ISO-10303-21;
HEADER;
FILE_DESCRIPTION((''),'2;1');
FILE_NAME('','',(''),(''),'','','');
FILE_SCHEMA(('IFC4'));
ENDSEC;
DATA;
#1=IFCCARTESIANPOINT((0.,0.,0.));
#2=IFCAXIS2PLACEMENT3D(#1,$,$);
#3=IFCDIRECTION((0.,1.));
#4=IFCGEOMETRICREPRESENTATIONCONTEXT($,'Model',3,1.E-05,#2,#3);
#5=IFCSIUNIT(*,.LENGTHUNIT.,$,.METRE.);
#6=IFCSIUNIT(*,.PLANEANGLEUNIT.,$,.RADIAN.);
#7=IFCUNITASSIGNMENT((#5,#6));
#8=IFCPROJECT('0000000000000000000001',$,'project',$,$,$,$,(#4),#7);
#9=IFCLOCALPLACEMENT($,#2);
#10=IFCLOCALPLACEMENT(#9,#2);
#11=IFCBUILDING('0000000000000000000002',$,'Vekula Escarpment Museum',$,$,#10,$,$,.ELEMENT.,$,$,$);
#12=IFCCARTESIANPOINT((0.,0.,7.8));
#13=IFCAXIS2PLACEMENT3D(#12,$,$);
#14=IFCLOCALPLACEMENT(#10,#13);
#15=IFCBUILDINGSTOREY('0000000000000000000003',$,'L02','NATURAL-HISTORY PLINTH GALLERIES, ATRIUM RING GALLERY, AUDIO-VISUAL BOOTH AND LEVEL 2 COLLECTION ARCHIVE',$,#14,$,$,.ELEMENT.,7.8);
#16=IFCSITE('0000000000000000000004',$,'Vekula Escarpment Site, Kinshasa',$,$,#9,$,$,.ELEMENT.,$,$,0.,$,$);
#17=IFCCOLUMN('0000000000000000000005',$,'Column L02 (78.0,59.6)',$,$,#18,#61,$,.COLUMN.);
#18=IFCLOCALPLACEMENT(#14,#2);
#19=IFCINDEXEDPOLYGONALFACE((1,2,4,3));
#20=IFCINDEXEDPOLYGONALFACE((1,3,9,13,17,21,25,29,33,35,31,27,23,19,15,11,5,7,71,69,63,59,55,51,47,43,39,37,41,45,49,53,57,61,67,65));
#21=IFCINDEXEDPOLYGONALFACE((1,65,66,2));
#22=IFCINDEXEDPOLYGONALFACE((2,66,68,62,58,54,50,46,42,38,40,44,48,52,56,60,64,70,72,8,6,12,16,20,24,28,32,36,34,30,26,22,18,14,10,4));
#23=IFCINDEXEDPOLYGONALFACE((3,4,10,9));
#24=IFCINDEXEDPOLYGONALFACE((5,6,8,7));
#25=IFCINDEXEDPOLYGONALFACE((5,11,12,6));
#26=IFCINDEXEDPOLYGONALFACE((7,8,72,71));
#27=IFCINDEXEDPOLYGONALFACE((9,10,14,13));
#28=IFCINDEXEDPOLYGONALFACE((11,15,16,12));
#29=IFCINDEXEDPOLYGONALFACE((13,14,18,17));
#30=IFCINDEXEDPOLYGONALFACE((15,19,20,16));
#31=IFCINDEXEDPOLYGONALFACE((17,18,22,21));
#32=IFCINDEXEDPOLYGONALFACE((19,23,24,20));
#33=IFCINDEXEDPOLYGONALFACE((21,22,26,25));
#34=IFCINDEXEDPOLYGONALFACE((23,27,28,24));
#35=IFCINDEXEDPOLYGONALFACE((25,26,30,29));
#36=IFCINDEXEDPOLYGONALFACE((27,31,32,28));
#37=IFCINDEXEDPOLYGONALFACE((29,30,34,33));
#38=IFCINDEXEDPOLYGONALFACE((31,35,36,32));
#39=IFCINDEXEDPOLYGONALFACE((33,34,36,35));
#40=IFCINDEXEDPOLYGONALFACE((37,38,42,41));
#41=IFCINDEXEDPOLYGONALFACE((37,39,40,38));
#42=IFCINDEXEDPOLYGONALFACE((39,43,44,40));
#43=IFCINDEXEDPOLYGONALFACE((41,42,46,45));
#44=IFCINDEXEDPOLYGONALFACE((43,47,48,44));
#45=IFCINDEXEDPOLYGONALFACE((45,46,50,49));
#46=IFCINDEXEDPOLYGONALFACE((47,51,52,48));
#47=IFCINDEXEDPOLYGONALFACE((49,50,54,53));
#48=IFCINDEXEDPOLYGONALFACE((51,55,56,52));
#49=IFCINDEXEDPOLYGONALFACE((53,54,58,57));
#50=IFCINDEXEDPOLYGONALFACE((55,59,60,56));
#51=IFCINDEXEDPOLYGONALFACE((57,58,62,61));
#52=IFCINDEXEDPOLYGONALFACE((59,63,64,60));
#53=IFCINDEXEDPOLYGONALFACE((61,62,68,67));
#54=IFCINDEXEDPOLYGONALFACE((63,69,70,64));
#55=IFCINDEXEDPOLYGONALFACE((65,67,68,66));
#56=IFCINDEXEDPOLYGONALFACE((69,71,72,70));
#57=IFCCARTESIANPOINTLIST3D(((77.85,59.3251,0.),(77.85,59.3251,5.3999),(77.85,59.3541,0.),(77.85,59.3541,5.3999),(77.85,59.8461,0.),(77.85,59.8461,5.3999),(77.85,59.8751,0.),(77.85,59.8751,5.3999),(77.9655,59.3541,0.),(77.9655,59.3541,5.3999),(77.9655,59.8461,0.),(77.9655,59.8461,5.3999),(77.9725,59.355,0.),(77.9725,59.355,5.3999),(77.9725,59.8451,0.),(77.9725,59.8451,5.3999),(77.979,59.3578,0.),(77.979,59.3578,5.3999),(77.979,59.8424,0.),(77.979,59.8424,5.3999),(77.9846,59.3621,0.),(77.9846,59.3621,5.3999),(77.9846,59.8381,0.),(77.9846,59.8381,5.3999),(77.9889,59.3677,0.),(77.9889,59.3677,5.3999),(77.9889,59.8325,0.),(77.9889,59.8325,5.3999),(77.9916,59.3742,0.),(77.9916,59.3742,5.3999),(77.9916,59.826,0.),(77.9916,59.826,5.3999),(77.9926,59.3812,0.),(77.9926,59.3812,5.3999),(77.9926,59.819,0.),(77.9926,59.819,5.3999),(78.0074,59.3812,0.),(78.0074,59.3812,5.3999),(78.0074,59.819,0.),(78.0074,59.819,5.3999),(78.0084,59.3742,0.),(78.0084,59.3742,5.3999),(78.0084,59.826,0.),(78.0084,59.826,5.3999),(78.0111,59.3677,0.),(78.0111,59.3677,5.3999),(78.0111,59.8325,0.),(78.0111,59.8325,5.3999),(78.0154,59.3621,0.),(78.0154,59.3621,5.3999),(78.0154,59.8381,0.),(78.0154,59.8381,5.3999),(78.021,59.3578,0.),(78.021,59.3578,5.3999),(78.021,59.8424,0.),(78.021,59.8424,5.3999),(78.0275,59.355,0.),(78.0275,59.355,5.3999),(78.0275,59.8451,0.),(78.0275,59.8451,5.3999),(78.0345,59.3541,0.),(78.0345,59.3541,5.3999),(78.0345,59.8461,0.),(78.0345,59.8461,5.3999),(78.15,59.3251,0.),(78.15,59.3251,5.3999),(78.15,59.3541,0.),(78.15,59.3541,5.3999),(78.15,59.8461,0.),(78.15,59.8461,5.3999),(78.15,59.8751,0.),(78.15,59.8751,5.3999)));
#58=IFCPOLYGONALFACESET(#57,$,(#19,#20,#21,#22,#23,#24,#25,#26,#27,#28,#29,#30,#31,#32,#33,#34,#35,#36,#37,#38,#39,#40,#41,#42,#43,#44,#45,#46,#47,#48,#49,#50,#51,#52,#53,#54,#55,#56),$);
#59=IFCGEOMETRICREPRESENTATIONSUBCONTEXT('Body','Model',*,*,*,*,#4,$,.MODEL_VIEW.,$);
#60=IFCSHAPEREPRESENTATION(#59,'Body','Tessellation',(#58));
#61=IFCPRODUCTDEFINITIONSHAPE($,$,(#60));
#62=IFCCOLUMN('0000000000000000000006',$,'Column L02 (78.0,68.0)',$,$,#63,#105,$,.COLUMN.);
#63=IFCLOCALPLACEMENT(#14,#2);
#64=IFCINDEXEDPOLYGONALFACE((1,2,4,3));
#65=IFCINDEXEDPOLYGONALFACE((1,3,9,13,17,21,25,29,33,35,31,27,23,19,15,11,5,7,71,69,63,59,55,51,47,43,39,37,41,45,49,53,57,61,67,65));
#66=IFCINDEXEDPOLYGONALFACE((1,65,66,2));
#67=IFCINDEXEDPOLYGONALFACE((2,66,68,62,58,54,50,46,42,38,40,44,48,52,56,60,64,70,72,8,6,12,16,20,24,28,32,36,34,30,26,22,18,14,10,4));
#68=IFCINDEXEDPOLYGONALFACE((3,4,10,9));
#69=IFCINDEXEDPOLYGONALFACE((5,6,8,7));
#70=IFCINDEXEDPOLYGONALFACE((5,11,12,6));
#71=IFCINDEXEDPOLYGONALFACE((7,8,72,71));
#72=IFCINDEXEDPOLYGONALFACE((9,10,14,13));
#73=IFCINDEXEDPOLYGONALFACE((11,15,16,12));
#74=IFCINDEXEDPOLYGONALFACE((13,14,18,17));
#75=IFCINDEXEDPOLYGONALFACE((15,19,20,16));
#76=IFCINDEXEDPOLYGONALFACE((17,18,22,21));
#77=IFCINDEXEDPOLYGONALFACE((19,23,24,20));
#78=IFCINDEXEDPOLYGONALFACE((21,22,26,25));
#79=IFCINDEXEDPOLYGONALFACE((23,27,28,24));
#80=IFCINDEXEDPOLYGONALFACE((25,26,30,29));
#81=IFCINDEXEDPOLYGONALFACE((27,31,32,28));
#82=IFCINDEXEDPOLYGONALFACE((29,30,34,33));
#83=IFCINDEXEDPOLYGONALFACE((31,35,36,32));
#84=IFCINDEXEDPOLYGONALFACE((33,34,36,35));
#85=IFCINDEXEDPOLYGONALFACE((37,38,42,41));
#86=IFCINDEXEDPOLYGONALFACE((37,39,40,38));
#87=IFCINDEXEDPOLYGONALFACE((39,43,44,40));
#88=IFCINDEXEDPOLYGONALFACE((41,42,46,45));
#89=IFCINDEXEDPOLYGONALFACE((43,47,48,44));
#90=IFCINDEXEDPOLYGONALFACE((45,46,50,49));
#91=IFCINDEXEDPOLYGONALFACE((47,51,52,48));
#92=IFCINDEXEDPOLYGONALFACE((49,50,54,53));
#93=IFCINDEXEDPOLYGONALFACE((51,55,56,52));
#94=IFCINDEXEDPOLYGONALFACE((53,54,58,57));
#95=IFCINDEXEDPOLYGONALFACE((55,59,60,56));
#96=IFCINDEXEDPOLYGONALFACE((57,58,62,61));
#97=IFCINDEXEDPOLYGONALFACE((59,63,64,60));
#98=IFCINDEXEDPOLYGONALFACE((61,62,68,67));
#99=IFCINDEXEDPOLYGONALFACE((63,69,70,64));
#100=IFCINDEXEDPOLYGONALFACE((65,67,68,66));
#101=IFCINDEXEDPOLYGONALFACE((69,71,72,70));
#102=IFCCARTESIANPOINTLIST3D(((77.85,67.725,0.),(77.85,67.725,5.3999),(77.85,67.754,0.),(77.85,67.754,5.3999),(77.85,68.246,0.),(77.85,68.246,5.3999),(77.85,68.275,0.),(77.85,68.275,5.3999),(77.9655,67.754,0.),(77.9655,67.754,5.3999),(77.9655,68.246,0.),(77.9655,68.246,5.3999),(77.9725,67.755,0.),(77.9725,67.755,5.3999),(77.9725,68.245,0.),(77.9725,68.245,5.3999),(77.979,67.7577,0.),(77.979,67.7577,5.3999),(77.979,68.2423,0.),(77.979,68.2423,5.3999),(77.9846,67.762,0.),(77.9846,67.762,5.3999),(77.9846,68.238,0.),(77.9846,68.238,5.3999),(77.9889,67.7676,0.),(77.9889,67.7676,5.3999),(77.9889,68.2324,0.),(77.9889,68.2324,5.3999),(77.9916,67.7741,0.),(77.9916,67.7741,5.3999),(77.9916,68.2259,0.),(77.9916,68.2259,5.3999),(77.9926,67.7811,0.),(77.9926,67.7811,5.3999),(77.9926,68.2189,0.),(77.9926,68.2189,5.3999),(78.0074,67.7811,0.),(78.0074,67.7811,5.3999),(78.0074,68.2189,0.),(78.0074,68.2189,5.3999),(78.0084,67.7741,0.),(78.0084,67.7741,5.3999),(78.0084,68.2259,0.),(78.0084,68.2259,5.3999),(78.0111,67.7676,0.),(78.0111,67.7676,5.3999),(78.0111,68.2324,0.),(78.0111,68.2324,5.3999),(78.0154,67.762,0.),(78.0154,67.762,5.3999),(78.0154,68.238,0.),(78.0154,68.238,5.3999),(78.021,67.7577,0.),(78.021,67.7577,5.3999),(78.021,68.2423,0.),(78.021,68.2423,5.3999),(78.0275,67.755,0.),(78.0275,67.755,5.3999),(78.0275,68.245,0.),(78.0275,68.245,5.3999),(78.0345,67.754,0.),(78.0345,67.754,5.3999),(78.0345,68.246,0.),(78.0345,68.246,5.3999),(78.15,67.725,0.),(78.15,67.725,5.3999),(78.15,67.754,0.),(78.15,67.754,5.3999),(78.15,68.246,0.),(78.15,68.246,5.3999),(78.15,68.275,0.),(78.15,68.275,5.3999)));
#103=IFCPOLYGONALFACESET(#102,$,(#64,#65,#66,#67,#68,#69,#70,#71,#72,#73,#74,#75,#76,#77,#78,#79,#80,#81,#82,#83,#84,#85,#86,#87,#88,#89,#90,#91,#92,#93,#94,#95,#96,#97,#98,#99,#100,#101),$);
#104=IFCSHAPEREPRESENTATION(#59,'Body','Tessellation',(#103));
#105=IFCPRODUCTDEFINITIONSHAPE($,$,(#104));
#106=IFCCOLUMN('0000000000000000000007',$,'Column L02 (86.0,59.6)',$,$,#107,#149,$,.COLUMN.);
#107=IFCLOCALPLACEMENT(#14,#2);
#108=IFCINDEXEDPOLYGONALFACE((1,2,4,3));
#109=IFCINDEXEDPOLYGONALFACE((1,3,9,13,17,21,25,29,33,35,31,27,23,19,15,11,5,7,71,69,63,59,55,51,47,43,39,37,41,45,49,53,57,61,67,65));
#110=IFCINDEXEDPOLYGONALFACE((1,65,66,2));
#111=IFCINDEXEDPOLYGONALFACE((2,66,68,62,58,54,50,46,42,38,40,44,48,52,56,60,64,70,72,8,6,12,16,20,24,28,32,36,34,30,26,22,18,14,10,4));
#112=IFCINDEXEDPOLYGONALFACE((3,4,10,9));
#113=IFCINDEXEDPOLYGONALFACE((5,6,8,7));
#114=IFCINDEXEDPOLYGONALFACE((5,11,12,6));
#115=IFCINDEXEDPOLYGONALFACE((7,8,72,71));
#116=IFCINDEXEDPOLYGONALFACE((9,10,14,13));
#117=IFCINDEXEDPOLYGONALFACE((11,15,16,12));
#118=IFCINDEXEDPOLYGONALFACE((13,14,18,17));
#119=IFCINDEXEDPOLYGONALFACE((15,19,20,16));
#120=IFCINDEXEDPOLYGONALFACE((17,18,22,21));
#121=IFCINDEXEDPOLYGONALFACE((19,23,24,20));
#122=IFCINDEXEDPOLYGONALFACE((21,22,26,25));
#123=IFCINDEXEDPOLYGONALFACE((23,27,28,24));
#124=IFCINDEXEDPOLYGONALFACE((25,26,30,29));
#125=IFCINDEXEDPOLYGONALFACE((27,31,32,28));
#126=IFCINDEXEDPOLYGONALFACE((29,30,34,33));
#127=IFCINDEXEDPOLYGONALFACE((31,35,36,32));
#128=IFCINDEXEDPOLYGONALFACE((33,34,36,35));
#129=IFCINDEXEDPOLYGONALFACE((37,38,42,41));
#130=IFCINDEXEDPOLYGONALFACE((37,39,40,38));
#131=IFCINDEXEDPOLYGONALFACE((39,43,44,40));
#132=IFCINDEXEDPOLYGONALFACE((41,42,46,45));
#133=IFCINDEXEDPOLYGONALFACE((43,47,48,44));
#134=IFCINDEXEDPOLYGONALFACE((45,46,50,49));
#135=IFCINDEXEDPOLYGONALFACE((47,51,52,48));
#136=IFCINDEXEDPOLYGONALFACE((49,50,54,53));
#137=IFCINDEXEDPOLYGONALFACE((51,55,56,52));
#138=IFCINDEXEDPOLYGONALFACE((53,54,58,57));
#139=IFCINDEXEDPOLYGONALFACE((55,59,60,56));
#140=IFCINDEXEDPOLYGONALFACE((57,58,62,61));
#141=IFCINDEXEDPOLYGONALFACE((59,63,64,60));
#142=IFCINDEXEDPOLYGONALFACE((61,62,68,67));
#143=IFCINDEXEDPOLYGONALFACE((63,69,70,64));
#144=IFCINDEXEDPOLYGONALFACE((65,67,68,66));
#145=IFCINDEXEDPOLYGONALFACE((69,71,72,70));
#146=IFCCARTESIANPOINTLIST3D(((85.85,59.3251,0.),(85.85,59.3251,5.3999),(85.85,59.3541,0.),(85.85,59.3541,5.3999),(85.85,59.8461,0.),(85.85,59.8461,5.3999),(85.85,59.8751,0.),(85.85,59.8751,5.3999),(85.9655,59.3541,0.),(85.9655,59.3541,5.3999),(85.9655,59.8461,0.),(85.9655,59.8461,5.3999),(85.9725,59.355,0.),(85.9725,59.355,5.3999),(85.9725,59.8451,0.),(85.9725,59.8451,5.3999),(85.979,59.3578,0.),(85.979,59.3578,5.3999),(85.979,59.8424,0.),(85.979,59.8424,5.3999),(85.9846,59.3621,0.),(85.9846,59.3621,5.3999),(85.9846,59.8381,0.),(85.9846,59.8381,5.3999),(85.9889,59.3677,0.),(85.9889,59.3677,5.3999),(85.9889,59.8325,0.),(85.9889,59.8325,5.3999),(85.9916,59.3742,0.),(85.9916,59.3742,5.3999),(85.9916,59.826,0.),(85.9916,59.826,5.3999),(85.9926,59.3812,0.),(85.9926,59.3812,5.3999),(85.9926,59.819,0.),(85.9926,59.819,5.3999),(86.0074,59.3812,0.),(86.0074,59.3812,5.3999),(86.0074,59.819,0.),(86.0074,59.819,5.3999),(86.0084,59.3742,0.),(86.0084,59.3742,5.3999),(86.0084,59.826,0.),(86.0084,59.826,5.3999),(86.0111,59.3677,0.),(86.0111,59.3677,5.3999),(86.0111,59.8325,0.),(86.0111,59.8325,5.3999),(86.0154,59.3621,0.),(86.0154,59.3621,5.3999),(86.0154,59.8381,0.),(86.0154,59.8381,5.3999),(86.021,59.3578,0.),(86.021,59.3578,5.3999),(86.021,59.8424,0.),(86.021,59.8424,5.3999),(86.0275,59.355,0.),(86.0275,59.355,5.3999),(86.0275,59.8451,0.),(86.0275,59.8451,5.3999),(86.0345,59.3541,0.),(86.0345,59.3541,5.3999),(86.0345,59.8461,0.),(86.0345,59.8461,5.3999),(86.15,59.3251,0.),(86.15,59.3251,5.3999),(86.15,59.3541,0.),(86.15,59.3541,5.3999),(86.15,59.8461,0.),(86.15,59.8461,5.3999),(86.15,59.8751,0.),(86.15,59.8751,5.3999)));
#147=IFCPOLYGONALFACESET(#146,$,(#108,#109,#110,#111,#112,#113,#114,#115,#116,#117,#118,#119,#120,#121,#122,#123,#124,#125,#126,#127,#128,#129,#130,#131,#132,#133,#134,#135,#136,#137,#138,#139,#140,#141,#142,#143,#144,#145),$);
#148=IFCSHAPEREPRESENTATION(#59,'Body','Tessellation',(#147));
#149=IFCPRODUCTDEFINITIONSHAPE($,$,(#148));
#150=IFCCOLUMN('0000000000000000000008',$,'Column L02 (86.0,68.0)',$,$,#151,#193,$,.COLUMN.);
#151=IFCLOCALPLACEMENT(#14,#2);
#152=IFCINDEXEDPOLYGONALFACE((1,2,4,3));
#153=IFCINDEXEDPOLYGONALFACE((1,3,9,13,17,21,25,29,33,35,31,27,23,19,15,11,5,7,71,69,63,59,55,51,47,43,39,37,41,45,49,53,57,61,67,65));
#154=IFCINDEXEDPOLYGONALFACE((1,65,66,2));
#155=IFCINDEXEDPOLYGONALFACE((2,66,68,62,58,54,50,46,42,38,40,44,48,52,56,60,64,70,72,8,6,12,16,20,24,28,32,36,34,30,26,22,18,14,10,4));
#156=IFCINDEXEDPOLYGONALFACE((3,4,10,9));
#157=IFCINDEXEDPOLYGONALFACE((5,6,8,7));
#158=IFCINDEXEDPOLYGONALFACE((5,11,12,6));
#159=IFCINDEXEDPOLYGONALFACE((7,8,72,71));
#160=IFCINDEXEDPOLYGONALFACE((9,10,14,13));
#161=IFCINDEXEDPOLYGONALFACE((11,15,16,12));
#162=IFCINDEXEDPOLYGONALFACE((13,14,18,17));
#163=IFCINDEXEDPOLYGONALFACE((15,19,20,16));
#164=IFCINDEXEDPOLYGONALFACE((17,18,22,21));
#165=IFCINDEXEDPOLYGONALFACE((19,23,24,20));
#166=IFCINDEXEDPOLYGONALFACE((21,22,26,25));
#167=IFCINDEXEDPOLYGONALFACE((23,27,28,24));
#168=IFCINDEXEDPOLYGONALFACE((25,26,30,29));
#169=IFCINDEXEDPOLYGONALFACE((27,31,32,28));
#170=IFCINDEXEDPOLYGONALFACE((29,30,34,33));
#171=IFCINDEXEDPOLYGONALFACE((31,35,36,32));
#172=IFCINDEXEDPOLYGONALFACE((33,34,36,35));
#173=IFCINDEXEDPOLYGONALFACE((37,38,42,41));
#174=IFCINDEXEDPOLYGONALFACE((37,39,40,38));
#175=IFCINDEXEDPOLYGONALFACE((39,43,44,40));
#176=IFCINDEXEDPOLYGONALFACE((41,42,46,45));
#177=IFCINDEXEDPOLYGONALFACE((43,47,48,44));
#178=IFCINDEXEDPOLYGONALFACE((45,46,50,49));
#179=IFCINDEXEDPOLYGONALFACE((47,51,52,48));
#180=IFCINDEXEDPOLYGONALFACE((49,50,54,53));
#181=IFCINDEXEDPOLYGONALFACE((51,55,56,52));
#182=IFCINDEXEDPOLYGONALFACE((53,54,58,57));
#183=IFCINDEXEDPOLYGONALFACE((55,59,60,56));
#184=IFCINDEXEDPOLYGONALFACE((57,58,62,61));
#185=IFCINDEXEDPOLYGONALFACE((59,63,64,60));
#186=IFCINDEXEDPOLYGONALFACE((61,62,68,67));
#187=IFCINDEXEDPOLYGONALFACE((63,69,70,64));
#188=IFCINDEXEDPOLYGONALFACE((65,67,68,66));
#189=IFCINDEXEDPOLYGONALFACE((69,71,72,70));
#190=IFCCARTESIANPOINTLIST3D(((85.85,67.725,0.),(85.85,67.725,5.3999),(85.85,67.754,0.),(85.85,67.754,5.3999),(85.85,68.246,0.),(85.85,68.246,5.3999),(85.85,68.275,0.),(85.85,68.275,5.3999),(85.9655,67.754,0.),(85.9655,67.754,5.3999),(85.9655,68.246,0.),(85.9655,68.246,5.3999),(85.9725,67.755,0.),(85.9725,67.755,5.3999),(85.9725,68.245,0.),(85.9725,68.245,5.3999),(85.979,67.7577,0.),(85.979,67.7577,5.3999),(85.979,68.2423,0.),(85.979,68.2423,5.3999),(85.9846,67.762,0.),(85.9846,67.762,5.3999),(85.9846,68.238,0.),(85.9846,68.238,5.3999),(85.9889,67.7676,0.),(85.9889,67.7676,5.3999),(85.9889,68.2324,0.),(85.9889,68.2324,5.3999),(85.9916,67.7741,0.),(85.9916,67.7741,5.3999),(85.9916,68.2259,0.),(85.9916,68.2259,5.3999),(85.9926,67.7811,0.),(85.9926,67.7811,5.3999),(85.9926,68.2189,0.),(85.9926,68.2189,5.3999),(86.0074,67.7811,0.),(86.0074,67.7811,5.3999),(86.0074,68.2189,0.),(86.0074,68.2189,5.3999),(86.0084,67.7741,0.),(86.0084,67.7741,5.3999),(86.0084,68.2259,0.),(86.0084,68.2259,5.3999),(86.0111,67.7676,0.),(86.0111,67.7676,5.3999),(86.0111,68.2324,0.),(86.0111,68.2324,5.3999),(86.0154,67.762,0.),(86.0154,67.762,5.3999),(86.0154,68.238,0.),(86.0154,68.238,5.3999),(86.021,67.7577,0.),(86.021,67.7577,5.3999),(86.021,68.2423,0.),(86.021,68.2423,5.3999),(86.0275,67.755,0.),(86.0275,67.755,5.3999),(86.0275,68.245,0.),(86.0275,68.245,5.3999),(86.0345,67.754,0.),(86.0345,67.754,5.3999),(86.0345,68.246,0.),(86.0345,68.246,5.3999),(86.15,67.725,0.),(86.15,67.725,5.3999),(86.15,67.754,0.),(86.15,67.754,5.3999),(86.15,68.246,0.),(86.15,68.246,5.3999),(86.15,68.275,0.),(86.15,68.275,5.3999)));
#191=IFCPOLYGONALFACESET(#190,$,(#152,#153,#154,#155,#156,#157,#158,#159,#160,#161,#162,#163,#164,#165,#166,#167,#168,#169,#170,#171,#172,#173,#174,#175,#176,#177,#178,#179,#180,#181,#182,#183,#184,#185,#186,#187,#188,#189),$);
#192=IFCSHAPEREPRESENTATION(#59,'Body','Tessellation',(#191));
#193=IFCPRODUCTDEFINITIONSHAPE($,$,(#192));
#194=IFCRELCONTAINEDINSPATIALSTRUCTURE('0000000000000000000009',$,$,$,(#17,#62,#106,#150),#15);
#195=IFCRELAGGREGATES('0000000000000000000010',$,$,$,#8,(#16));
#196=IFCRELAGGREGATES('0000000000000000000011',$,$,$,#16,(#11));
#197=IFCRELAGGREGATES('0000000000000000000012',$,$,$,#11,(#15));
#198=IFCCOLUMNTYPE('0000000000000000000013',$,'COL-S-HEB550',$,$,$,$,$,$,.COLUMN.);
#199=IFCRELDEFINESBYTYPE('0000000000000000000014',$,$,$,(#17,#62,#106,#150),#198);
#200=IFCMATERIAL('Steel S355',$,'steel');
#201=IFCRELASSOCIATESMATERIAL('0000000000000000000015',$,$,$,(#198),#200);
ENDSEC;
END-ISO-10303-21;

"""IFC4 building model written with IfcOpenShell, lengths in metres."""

from ifc_helpers import new_model, si_unit, direction, frame, origin, origin_2d, place, context, subcontext, project, spatial, i_section, extrude, material, material_profile, profile_set, type_object, element, save


model = new_model("IFC4")

# Units and contexts
model_context = context("Model", 3, precision=1e-05, world=origin(), true_north=direction((0.0, 1.0)))
body_context = subcontext(model_context, "Body", "Model", "MODEL_VIEW")
ifc_project = project(units=[si_unit("LENGTHUNIT", "METRE"), si_unit("PLANEANGLEUNIT", "RADIAN")], contexts=[model_context])

# Site, building, storey
site_placement = place(None, origin())
site = spatial("IfcSite", under=ifc_project, at=site_placement, Name="Vekula Escarpment Site, Kinshasa", CompositionType="ELEMENT", RefElevation=0.0)
building_placement = place(site_placement, origin())
building = spatial("IfcBuilding", under=site, at=building_placement, Name="Vekula Escarpment Museum", CompositionType="ELEMENT")
storey_placement = place(building_placement, frame((0.0, 0.0, 7.8)))
storey = spatial("IfcBuildingStorey", under=building, at=storey_placement, Name="L02", Description="NATURAL-HISTORY PLINTH GALLERIES, ATRIUM RING GALLERY, AUDIO-VISUAL BOOTH AND LEVEL 2 COLLECTION ARCHIVE", CompositionType="ELEMENT", Elevation=7.8)

# Columns
ifc_material_1 = material(Name="Steel S355", Category="steel")
ifc_material_profile_1 = material_profile(ifc_material_1, i_section(OverallWidth=0.3, OverallDepth=0.55, WebThickness=0.0149, FlangeThickness=0.0291, FilletRadius=0.0271, at=origin_2d()), Name="HEB 550")
ifc_profile_set_1 = profile_set([ifc_material_profile_1], Name="Steel S355")
column_type = type_object("IfcColumnType", Name="COL-S-HEB550", PredefinedType="COLUMN", material=ifc_profile_set_1)
for number, where, z_axis, x_axis, name in (
    (1, (78.0, 59.6001, 0.0), (0.0, 0.0, 1.0), (1.0, 0.0, 0.0), "Column L02 (78.0,59.6)"),
    (2, (78.0, 68.0, 0.0), (0.0, 0.0, 1.0), (1.0, 0.0, 0.0), "Column L02 (78.0,68.0)"),
    (3, (86.0, 59.6001, 0.0), (0.0, 0.0, 1.0), (1.0, 0.0, 0.0), "Column L02 (86.0,59.6)"),
    (4, (86.0, 68.0, 0.0), (0.0, 0.0, 1.0), (1.0, 0.0, 0.0), "Column L02 (86.0,68.0)"),
):
    element("IfcColumn", number, at=place(storey_placement, frame(where, z_axis=z_axis, x_axis=x_axis)), inside=storey, type_object=column_type, Name=name, PredefinedType="COLUMN", context=body_context, shape_type="SweptSolid", body=[
        extrude(i_section(OverallWidth=0.3, OverallDepth=0.55, WebThickness=0.0149, FlangeThickness=0.0291, FilletRadius=0.0271, at=origin_2d()), origin(), (0.0, 0.0, 1.0), 5.3999),
    ])

save(model, "model.ifc")
